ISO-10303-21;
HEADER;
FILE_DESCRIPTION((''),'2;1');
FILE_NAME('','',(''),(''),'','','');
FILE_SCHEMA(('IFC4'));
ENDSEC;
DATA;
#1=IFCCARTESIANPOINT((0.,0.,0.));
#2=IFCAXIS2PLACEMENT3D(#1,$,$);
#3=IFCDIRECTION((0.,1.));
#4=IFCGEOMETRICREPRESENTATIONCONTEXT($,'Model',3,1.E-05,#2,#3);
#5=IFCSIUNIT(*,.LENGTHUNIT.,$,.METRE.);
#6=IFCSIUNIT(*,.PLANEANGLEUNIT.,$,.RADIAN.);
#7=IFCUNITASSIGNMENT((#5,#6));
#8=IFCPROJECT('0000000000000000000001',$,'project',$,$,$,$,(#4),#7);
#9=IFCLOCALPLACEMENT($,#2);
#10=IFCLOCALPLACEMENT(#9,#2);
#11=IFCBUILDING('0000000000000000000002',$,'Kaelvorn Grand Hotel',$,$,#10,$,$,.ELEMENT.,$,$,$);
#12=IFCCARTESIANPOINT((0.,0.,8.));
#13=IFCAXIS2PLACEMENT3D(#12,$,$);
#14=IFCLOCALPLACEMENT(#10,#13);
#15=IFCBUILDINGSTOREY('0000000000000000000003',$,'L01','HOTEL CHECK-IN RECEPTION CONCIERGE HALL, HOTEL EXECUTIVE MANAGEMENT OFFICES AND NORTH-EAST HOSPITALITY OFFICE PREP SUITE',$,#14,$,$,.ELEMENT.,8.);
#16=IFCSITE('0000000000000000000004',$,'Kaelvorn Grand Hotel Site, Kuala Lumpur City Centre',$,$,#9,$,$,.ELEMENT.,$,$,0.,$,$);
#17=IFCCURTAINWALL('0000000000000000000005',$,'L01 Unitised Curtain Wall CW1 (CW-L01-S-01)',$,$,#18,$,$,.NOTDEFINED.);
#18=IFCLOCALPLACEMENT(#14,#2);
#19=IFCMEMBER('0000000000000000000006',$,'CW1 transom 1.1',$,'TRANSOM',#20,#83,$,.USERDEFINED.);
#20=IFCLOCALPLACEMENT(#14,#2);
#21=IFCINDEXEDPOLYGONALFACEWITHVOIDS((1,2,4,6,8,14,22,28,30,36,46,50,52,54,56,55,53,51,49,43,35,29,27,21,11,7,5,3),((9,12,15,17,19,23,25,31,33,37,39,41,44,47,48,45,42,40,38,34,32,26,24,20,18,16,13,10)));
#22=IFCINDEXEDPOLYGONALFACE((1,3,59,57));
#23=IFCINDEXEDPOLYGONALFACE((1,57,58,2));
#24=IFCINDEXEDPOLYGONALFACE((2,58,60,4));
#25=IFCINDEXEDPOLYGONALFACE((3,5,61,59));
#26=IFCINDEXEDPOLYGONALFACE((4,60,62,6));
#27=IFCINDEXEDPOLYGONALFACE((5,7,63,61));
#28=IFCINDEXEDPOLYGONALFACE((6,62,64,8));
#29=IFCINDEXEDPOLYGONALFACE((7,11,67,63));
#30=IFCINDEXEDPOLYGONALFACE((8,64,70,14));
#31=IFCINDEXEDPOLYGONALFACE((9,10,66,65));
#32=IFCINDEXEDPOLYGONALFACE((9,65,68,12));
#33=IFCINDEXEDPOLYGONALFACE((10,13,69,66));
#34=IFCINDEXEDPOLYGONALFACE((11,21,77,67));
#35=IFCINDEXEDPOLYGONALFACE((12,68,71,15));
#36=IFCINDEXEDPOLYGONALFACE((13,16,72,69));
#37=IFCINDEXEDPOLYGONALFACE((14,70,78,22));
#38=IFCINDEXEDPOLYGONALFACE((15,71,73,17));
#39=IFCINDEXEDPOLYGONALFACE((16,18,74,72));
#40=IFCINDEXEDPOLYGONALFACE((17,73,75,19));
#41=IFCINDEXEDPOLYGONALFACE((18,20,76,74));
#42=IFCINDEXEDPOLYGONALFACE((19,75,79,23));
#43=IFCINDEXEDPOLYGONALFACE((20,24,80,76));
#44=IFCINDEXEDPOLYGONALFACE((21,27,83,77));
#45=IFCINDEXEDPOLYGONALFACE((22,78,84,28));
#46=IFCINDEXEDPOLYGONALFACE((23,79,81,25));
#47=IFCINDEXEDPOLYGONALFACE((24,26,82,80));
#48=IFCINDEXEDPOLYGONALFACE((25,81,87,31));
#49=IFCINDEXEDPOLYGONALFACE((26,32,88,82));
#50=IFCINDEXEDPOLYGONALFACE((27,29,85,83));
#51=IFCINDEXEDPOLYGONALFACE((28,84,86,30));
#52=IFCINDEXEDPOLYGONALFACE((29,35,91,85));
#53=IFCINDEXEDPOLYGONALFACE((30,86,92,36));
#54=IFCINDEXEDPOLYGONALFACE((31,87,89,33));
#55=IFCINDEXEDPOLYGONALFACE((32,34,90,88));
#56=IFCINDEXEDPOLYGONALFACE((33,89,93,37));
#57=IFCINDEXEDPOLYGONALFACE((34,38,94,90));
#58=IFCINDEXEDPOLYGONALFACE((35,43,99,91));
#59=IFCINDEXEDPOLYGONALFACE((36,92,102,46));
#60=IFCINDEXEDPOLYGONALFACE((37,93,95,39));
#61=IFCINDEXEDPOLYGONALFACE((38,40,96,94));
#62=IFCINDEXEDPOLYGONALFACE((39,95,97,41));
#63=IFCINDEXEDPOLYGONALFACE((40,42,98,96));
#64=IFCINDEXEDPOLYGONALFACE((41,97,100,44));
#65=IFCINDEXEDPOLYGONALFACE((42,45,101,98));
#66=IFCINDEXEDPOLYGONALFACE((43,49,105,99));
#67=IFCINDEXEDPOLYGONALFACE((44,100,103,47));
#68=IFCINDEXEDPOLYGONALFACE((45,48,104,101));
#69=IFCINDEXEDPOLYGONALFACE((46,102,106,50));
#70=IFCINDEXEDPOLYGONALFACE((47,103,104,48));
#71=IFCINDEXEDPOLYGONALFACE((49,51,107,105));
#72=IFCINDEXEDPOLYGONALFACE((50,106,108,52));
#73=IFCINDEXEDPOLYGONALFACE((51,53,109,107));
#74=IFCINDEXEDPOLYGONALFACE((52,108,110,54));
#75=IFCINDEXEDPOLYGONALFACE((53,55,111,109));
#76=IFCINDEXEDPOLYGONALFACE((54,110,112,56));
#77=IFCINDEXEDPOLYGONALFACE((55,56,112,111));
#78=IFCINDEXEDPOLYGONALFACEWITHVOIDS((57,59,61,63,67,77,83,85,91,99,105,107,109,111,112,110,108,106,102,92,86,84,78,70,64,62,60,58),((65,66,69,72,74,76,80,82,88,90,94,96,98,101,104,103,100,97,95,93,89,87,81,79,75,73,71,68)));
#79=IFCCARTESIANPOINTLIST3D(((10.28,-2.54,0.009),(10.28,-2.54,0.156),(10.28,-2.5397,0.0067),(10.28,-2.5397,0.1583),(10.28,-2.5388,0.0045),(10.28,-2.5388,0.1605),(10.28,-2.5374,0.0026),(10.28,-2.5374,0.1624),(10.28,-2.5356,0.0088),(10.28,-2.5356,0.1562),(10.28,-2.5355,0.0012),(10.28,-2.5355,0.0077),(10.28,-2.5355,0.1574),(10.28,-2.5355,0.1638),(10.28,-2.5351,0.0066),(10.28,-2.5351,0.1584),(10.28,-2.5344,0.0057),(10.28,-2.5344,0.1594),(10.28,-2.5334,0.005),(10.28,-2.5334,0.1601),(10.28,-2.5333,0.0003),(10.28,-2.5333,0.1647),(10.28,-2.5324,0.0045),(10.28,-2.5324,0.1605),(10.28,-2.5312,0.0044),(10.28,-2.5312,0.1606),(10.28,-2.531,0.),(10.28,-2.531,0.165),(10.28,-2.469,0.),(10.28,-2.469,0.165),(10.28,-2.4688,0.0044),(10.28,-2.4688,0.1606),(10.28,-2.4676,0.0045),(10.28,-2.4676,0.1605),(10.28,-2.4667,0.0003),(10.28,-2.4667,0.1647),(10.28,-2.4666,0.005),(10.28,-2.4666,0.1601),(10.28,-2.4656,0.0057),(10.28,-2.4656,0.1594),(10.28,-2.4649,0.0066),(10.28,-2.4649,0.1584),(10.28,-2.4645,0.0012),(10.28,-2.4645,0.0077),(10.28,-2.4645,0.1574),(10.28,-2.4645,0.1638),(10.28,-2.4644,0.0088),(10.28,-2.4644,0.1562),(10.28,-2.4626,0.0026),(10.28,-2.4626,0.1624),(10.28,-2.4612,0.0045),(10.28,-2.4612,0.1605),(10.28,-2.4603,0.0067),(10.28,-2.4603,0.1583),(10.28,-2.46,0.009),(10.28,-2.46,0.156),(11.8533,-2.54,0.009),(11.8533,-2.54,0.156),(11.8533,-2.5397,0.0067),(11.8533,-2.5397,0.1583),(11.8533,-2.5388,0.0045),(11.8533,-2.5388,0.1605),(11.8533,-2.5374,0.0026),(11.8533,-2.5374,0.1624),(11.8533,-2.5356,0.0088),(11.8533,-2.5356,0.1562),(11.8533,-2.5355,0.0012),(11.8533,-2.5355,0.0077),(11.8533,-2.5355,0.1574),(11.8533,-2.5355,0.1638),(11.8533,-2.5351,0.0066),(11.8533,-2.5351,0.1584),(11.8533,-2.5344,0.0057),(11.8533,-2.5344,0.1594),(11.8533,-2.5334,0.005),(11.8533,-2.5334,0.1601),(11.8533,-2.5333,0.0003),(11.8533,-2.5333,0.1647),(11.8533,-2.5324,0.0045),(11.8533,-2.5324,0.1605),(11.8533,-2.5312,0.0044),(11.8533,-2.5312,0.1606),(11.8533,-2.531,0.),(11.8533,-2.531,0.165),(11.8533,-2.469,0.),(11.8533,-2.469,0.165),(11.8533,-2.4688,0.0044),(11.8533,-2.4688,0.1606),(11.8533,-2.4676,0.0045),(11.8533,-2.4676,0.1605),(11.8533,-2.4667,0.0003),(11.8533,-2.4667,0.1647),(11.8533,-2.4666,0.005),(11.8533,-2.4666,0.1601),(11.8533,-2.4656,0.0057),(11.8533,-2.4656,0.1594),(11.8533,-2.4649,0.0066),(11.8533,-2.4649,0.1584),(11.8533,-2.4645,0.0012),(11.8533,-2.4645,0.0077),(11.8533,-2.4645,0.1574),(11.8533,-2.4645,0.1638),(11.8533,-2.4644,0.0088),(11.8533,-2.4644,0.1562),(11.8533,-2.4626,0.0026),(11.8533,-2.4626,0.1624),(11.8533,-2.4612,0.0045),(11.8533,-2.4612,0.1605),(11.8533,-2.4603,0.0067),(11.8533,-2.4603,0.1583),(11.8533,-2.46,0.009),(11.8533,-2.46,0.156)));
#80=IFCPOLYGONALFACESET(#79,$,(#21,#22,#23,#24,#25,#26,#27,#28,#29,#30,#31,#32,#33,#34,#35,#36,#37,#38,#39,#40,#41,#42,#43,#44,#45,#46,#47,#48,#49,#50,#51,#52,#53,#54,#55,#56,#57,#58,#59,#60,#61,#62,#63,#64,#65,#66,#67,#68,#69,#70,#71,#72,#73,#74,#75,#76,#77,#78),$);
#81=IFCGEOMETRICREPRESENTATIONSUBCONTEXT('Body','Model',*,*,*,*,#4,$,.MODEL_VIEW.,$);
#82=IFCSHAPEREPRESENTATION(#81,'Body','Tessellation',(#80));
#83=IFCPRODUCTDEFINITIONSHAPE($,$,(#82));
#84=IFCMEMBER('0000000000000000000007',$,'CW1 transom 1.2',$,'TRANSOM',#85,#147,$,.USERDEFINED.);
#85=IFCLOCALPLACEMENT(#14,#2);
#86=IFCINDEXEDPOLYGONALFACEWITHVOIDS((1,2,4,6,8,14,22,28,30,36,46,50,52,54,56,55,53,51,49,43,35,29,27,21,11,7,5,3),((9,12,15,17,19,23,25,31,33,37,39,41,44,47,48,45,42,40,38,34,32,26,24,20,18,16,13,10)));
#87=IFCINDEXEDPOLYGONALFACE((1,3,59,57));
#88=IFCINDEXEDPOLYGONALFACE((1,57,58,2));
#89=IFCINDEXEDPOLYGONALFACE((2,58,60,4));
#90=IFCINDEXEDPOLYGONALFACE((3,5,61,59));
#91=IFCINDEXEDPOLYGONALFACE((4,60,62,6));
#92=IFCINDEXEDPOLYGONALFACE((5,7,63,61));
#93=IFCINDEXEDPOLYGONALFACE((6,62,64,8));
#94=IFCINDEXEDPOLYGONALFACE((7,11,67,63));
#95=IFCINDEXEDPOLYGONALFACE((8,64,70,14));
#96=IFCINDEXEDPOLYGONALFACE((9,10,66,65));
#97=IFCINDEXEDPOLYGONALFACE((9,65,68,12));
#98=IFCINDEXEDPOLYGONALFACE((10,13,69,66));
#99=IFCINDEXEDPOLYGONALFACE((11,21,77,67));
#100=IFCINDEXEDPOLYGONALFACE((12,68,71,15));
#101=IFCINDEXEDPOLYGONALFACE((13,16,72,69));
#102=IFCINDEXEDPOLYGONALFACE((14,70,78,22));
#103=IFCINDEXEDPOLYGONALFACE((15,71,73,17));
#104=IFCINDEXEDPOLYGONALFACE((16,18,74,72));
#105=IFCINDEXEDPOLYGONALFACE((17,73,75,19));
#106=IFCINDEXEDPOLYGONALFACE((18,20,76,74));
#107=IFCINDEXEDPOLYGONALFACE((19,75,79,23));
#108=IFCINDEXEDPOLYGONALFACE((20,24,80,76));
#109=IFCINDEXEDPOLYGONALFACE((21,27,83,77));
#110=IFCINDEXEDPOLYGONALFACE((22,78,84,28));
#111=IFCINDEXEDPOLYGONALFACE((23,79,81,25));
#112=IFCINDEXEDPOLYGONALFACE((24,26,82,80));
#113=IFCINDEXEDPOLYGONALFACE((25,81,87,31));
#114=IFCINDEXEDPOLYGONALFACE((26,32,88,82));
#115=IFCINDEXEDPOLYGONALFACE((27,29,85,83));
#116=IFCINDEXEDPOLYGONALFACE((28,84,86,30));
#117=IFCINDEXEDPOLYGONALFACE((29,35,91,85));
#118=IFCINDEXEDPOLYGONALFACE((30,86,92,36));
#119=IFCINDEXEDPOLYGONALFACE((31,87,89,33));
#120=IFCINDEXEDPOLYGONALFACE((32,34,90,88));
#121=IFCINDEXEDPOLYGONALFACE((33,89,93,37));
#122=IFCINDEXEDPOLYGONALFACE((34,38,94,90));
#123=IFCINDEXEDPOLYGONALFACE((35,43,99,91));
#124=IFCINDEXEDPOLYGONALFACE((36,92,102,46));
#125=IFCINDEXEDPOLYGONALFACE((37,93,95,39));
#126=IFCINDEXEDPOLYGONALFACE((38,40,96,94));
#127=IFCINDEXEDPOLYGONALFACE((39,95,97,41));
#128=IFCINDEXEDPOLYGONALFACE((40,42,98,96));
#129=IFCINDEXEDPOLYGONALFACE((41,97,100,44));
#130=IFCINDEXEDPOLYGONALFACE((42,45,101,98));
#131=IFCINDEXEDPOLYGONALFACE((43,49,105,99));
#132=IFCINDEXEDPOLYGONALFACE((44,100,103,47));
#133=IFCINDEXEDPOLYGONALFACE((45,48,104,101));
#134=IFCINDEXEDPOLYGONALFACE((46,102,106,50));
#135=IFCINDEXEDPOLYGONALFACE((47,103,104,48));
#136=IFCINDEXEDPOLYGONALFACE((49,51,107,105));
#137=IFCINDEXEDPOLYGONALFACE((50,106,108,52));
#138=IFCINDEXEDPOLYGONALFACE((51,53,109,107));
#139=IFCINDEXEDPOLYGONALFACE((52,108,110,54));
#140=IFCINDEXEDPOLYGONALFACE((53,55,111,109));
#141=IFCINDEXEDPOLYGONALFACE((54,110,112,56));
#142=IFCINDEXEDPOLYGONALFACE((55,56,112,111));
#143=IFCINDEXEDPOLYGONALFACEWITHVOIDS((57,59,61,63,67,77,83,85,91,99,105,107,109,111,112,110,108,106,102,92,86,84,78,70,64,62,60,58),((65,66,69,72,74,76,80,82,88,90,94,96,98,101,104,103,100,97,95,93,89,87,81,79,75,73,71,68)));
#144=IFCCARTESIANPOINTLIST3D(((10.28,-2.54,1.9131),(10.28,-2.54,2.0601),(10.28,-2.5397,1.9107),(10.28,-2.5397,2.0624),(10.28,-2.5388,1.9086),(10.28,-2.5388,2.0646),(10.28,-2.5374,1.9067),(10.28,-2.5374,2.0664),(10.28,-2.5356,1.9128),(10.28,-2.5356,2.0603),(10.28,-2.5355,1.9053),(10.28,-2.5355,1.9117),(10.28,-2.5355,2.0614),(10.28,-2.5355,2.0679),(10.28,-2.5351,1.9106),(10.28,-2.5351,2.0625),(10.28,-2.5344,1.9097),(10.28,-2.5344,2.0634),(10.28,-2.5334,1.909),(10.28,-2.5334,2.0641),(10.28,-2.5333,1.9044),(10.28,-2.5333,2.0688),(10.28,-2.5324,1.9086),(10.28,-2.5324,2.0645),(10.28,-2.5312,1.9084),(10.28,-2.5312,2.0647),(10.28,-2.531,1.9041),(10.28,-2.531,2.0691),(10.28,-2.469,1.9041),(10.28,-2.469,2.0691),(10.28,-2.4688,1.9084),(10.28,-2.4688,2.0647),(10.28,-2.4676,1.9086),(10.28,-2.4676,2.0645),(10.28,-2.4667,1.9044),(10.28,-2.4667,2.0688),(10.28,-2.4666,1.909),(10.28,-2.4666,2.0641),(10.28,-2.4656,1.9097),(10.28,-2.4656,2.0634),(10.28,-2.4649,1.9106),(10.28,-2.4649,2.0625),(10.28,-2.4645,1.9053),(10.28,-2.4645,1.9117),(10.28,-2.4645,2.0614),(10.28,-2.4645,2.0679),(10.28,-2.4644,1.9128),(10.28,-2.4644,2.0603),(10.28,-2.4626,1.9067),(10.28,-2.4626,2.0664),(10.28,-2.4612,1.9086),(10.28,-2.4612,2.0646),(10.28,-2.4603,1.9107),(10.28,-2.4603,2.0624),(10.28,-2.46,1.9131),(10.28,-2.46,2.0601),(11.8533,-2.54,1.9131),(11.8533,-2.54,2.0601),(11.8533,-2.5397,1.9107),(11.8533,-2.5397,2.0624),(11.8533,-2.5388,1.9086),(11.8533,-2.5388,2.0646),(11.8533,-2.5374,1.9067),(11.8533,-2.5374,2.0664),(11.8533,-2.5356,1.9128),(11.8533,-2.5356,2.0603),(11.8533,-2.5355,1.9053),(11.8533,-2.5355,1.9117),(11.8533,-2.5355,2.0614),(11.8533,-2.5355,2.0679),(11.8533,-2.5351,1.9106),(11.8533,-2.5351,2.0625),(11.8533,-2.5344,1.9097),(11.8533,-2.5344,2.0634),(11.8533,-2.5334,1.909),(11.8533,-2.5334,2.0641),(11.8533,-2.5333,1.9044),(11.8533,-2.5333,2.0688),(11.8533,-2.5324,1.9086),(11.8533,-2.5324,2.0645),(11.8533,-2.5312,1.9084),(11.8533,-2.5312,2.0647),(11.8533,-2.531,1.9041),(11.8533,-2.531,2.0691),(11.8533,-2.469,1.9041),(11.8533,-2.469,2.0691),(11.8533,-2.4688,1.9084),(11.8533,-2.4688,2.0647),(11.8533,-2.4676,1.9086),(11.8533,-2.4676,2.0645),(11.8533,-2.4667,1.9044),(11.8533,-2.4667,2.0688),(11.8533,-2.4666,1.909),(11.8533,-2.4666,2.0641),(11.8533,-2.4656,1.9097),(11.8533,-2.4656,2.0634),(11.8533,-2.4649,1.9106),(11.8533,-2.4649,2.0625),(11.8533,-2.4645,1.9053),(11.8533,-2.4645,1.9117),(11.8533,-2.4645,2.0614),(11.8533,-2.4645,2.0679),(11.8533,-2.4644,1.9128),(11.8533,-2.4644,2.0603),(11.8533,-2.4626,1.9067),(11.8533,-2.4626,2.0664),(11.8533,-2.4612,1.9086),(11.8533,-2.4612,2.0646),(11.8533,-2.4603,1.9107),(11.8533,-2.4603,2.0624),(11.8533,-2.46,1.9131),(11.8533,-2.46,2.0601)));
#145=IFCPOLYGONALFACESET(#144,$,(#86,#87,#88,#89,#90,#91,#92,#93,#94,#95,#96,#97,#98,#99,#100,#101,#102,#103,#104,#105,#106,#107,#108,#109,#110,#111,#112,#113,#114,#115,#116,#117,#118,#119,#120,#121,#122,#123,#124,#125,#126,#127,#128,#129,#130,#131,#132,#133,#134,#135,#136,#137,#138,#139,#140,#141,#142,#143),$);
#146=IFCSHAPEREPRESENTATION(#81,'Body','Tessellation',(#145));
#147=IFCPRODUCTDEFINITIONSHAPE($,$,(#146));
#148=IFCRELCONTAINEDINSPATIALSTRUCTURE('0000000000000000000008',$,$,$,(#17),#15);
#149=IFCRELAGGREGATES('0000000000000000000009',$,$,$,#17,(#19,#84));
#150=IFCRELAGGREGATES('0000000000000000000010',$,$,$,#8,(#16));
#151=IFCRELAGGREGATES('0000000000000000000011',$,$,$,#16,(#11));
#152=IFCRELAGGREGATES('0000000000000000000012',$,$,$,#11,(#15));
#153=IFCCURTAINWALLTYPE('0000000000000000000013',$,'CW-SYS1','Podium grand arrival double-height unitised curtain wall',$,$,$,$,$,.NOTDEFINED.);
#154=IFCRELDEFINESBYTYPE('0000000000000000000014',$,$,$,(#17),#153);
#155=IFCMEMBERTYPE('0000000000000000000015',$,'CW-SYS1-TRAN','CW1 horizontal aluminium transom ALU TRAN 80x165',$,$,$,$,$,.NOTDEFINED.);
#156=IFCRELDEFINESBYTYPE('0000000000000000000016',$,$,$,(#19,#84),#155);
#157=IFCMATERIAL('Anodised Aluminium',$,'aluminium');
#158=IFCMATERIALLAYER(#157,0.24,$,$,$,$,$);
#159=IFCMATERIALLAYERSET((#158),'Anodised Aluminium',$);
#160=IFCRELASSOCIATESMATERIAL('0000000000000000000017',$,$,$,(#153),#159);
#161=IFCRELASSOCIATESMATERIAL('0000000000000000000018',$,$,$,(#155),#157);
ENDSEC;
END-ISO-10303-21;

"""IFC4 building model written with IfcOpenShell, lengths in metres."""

from ifc_helpers import new_model, si_unit, direction, frame, origin, origin_2d, place, context, subcontext, project, spatial, hollow_rectangle, extrude, material, layer, layer_set, material_profile, profile_set, type_object, element, aggregate, save


model = new_model("IFC4")

# Units and contexts
model_context = context("Model", 3, precision=1e-05, world=origin(), true_north=direction((0.0, 1.0)))
body_context = subcontext(model_context, "Body", "Model", "MODEL_VIEW")
ifc_project = project(units=[si_unit("LENGTHUNIT", "METRE"), si_unit("PLANEANGLEUNIT", "RADIAN")], contexts=[model_context])

# Site, building, storey
site_placement = place(None, origin())
site = spatial("IfcSite", under=ifc_project, at=site_placement, Name="Kaelvorn Grand Hotel Site, Kuala Lumpur City Centre", CompositionType="ELEMENT", RefElevation=0.0)
building_placement = place(site_placement, origin())
building = spatial("IfcBuilding", under=site, at=building_placement, Name="Kaelvorn Grand Hotel", CompositionType="ELEMENT")
storey_placement = place(building_placement, frame((0.0, 0.0, 8.0)))
storey = spatial("IfcBuildingStorey", under=building, at=storey_placement, Name="L01", Description="HOTEL CHECK-IN RECEPTION CONCIERGE HALL, HOTEL EXECUTIVE MANAGEMENT OFFICES AND NORTH-EAST HOSPITALITY OFFICE PREP SUITE", CompositionType="ELEMENT", Elevation=8.0)

# Curtain wall
ifc_material_1 = material(Name="Anodised Aluminium", Category="aluminium")
ifc_layer_1 = layer(ifc_material_1, 0.24)
ifc_layer_set_1 = layer_set([ifc_layer_1], Name="Anodised Aluminium")
curtain_wall_type = type_object("IfcCurtainWallType", Name="CW-SYS1", Description="Podium grand arrival double-height unitised curtain wall", PredefinedType="NOTDEFINED", material=ifc_layer_set_1)
curtain_wall_1_placement = place(storey_placement, origin())
curtain_wall_1 = element("IfcCurtainWall", 1, at=curtain_wall_1_placement, inside=storey, type_object=curtain_wall_type, Name="L01 Unitised Curtain Wall CW1 (CW-L01-S-01)", PredefinedType="NOTDEFINED")

# Members
ifc_material_profile_1 = material_profile(ifc_material_1, hollow_rectangle(XDim=0.0801, YDim=0.165, WallThickness=0.0044, InnerFilletRadius=0.0044, OuterFilletRadius=0.009, at=origin_2d()), Name="ALU TRAN 80x165")
ifc_profile_set_1 = profile_set([ifc_material_profile_1], Name="Anodised Aluminium")
member_type_1 = type_object("IfcMemberType", Name="CW-SYS1-TRAN", Description="CW1 horizontal aluminium transom ALU TRAN 80x165", PredefinedType="NOTDEFINED", material=ifc_profile_set_1)
member_1_placement = place(storey_placement, frame((10.28, -2.5, 0.0825), z_axis=(1.0, 0.0, 0.0), x_axis=(0.0, 1.0, 0.0)))
member_1 = element("IfcMember", 2, at=member_1_placement, type_object=member_type_1, Name="CW1 transom 1.1", ObjectType="TRANSOM", PredefinedType="USERDEFINED", context=body_context, shape_type="SweptSolid", body=[
    extrude(hollow_rectangle(XDim=0.0801, YDim=0.165, WallThickness=0.0044, InnerFilletRadius=0.0044, OuterFilletRadius=0.009, at=origin_2d()), origin(), (0.0, 0.0, 1.0), 1.5732),
])
member_2_placement = place(storey_placement, frame((10.28, -2.5, 1.9866), z_axis=(1.0, 0.0, 0.0), x_axis=(0.0, 1.0, 0.0)))
member_2 = element("IfcMember", 3, at=member_2_placement, type_object=member_type_1, Name="CW1 transom 1.2", ObjectType="TRANSOM", PredefinedType="USERDEFINED", context=body_context, shape_type="SweptSolid", body=[
    extrude(hollow_rectangle(XDim=0.0801, YDim=0.165, WallThickness=0.0044, InnerFilletRadius=0.0044, OuterFilletRadius=0.009, at=origin_2d()), origin(), (0.0, 0.0, 1.0), 1.5732),
])

aggregate(curtain_wall_1, [member_1, member_2])

save(model, "model.ifc")
